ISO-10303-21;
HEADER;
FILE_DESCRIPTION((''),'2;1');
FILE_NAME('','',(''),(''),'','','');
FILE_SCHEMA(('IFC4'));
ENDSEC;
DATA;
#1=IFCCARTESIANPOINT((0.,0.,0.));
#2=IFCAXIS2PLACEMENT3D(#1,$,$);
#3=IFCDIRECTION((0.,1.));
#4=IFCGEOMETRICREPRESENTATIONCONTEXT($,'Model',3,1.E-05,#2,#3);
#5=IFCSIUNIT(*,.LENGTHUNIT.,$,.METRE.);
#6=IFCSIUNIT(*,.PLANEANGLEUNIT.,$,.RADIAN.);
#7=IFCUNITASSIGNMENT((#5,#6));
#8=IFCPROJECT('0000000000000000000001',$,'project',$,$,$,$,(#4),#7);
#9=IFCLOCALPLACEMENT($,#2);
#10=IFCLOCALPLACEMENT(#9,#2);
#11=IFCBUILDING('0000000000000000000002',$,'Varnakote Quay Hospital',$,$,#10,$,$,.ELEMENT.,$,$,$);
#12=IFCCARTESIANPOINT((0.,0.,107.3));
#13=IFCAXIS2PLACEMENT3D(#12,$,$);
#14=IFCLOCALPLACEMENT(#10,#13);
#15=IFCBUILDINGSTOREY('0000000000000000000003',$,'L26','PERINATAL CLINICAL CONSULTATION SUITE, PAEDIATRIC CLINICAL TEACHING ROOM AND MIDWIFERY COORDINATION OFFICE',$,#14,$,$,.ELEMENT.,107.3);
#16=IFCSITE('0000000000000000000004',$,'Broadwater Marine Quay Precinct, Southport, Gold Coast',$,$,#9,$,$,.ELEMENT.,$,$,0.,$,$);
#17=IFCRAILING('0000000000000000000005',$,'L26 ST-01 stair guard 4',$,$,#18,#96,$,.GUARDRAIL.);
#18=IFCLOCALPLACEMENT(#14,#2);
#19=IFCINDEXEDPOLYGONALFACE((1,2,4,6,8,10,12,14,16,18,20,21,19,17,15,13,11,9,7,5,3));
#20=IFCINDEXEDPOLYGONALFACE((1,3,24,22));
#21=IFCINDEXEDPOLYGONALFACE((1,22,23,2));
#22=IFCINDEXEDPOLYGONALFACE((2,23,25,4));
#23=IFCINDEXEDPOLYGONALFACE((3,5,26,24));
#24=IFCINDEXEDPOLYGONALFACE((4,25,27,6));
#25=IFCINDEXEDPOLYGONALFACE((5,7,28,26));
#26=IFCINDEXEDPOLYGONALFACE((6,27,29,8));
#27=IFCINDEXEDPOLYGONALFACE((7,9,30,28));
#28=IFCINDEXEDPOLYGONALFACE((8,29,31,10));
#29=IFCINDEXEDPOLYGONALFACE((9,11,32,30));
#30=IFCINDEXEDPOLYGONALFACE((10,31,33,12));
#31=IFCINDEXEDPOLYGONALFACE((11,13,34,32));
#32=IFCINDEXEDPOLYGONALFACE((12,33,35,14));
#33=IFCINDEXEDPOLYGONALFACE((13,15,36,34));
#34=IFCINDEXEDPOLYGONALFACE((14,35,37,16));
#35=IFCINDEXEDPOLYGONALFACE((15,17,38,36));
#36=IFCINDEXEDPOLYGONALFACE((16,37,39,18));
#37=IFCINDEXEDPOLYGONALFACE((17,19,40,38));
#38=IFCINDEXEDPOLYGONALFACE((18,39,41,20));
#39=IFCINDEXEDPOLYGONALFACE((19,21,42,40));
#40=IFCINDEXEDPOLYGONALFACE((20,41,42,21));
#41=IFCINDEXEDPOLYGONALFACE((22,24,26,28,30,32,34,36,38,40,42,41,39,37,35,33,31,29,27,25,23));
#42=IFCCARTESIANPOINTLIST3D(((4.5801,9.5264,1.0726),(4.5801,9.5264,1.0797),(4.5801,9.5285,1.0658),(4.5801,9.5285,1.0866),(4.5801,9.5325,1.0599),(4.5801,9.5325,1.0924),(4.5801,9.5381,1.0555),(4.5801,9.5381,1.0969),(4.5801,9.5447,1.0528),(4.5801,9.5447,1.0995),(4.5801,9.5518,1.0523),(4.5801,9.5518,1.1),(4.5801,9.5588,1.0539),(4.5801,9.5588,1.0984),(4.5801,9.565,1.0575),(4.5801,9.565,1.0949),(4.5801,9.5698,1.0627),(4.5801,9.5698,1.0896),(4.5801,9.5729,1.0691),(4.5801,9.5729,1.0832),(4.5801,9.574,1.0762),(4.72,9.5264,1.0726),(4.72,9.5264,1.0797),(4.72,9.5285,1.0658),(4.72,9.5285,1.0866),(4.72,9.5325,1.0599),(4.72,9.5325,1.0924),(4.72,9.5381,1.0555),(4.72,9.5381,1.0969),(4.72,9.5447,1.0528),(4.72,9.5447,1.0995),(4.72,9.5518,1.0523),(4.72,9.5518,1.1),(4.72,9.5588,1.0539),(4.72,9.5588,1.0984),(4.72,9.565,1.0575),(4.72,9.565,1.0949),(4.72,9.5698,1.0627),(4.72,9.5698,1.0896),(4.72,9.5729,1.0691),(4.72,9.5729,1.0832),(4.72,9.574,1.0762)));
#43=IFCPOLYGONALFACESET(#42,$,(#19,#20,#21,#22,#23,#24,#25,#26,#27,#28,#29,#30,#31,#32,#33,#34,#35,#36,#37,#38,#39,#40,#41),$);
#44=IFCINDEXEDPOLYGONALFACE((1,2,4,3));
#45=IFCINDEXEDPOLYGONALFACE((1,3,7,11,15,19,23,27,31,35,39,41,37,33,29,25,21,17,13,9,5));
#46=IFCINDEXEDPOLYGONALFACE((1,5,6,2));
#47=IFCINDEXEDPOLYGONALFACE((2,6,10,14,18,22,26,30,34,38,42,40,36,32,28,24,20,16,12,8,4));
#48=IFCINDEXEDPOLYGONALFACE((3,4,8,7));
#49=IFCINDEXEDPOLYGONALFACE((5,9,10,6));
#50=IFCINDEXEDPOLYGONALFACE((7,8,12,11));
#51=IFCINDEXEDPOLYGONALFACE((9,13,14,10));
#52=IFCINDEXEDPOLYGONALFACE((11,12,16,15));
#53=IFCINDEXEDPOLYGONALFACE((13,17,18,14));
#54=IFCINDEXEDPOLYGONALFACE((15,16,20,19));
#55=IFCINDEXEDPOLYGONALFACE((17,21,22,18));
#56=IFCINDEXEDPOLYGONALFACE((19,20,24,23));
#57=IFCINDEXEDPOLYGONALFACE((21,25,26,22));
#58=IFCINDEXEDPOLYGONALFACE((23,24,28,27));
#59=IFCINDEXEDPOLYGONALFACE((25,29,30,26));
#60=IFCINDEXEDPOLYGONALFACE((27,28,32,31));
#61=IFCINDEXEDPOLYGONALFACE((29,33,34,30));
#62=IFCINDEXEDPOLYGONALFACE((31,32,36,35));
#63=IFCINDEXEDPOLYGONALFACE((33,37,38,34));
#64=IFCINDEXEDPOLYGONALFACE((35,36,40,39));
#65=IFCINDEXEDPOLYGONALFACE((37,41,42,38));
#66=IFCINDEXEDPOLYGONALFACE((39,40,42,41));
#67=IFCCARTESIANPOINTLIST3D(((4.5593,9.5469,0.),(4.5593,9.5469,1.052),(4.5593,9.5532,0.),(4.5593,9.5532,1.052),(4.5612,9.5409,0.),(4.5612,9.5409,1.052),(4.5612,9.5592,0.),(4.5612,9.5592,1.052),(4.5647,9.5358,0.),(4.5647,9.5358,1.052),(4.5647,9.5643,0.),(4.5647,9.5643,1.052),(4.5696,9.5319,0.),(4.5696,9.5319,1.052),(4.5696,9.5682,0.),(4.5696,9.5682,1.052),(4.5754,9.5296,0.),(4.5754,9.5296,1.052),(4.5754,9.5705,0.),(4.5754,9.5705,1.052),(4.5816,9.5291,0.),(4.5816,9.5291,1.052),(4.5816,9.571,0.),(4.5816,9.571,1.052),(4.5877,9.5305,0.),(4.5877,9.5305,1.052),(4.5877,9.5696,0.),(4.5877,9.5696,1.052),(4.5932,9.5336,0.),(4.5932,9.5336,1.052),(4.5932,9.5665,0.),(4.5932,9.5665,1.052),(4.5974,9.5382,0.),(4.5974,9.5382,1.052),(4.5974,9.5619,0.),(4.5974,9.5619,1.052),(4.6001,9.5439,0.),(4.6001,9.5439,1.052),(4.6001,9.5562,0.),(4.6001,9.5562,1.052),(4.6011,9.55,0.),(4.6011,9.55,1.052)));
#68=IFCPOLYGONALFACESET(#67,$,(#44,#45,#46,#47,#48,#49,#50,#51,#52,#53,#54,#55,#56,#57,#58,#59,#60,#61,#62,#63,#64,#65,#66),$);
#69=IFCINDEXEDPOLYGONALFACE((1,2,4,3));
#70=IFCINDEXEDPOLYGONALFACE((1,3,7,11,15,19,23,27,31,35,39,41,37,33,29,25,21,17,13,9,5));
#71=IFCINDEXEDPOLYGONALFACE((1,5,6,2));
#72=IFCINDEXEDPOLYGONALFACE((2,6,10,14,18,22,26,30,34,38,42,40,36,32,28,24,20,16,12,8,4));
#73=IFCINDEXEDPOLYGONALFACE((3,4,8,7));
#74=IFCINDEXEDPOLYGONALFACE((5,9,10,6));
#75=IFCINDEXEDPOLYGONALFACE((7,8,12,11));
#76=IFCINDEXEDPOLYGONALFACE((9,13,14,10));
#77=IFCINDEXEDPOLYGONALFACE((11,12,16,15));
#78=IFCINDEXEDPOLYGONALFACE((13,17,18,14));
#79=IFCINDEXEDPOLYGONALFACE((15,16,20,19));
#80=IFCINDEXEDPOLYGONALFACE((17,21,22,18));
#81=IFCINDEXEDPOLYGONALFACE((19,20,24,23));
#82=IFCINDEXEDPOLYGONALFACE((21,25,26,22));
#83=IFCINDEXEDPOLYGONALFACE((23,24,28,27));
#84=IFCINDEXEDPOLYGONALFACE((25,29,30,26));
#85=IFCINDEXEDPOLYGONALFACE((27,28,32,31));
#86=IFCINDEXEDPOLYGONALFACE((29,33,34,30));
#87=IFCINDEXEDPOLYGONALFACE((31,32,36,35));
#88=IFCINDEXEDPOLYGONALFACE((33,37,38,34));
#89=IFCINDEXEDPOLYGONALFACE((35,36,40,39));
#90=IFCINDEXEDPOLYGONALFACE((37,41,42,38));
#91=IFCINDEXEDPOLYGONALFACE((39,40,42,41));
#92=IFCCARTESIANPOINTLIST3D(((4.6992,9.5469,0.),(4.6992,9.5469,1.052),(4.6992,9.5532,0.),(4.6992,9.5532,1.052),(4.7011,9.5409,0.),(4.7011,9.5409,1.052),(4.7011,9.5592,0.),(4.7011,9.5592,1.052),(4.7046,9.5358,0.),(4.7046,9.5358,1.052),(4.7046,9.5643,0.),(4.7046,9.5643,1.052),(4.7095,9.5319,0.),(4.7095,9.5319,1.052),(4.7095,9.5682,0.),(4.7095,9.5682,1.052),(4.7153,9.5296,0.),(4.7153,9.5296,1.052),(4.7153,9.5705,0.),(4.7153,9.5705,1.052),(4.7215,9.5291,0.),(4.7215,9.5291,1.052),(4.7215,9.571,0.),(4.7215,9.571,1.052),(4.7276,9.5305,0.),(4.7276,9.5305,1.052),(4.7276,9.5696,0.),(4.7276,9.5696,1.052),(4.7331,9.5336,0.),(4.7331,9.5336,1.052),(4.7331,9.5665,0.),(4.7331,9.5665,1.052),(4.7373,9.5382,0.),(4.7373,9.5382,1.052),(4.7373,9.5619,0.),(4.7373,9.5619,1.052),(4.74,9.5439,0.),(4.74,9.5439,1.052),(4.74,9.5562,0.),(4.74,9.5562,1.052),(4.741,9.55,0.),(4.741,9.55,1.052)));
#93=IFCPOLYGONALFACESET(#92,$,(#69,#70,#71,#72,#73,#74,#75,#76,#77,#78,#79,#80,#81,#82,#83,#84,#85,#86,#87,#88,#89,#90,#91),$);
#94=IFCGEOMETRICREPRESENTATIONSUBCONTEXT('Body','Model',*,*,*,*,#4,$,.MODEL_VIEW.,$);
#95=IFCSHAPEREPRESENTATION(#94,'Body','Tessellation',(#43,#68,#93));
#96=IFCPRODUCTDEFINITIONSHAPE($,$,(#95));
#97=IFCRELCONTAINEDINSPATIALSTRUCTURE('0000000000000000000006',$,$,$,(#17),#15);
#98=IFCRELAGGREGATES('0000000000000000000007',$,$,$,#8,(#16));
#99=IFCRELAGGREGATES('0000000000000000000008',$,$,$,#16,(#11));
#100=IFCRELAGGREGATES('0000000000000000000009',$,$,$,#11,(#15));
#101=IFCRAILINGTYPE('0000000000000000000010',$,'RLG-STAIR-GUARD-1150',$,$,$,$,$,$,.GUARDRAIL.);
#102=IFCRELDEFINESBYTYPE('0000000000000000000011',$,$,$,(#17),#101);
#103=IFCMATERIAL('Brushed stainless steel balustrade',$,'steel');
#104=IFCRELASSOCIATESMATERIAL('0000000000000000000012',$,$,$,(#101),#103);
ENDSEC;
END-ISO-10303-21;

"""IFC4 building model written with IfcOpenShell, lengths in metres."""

from ifc_helpers import new_model, si_unit, direction, frame, origin, origin_2d, place, context, subcontext, project, spatial, circle, extrude, material, type_object, element, save


model = new_model("IFC4")

# Units and contexts
model_context = context("Model", 3, precision=1e-05, world=origin(), true_north=direction((0.0, 1.0)))
body_context = subcontext(model_context, "Body", "Model", "MODEL_VIEW")
ifc_project = project(units=[si_unit("LENGTHUNIT", "METRE"), si_unit("PLANEANGLEUNIT", "RADIAN")], contexts=[model_context])

# Site, building, storey
site_placement = place(None, origin())
site = spatial("IfcSite", under=ifc_project, at=site_placement, Name="Broadwater Marine Quay Precinct, Southport, Gold Coast", CompositionType="ELEMENT", RefElevation=0.0)
building_placement = place(site_placement, origin())
building = spatial("IfcBuilding", under=site, at=building_placement, Name="Varnakote Quay Hospital", CompositionType="ELEMENT")
storey_placement = place(building_placement, frame((0.0, 0.0, 107.3)))
storey = spatial("IfcBuildingStorey", under=building, at=storey_placement, Name="L26", Description="PERINATAL CLINICAL CONSULTATION SUITE, PAEDIATRIC CLINICAL TEACHING ROOM AND MIDWIFERY COORDINATION OFFICE", CompositionType="ELEMENT", Elevation=107.3)

# Railing
ifc_material_1 = material(Name="Brushed stainless steel balustrade", Category="steel")
railing_type_1 = type_object("IfcRailingType", Name="RLG-STAIR-GUARD-1150", PredefinedType="GUARDRAIL", material=ifc_material_1)
railing_1_placement = place(storey_placement, frame((4.5801, 9.55, 0.0)))
element("IfcRailing", 1, at=railing_1_placement, inside=storey, type_object=railing_type_1, Name="L26 ST-01 stair guard 4", PredefinedType="GUARDRAIL", context=body_context, shape_type="SweptSolid", body=[
    extrude(circle(Radius=0.0239, at=origin_2d()), frame((0.0, 0.0, 1.0762), z_axis=(1.0, 0.0, 0.0), x_axis=(0.0, 1.0, 0.0)), (0.0, 0.0, 1.0), 0.1399),
    extrude(circle(Radius=0.021, at=origin_2d()), origin(), (0.0, 0.0, 1.0), 1.052),
    extrude(circle(Radius=0.021, at=origin_2d()), frame((0.1399, 0.0, 0.0)), (0.0, 0.0, 1.0), 1.052),
])

save(model, "model.ifc")
